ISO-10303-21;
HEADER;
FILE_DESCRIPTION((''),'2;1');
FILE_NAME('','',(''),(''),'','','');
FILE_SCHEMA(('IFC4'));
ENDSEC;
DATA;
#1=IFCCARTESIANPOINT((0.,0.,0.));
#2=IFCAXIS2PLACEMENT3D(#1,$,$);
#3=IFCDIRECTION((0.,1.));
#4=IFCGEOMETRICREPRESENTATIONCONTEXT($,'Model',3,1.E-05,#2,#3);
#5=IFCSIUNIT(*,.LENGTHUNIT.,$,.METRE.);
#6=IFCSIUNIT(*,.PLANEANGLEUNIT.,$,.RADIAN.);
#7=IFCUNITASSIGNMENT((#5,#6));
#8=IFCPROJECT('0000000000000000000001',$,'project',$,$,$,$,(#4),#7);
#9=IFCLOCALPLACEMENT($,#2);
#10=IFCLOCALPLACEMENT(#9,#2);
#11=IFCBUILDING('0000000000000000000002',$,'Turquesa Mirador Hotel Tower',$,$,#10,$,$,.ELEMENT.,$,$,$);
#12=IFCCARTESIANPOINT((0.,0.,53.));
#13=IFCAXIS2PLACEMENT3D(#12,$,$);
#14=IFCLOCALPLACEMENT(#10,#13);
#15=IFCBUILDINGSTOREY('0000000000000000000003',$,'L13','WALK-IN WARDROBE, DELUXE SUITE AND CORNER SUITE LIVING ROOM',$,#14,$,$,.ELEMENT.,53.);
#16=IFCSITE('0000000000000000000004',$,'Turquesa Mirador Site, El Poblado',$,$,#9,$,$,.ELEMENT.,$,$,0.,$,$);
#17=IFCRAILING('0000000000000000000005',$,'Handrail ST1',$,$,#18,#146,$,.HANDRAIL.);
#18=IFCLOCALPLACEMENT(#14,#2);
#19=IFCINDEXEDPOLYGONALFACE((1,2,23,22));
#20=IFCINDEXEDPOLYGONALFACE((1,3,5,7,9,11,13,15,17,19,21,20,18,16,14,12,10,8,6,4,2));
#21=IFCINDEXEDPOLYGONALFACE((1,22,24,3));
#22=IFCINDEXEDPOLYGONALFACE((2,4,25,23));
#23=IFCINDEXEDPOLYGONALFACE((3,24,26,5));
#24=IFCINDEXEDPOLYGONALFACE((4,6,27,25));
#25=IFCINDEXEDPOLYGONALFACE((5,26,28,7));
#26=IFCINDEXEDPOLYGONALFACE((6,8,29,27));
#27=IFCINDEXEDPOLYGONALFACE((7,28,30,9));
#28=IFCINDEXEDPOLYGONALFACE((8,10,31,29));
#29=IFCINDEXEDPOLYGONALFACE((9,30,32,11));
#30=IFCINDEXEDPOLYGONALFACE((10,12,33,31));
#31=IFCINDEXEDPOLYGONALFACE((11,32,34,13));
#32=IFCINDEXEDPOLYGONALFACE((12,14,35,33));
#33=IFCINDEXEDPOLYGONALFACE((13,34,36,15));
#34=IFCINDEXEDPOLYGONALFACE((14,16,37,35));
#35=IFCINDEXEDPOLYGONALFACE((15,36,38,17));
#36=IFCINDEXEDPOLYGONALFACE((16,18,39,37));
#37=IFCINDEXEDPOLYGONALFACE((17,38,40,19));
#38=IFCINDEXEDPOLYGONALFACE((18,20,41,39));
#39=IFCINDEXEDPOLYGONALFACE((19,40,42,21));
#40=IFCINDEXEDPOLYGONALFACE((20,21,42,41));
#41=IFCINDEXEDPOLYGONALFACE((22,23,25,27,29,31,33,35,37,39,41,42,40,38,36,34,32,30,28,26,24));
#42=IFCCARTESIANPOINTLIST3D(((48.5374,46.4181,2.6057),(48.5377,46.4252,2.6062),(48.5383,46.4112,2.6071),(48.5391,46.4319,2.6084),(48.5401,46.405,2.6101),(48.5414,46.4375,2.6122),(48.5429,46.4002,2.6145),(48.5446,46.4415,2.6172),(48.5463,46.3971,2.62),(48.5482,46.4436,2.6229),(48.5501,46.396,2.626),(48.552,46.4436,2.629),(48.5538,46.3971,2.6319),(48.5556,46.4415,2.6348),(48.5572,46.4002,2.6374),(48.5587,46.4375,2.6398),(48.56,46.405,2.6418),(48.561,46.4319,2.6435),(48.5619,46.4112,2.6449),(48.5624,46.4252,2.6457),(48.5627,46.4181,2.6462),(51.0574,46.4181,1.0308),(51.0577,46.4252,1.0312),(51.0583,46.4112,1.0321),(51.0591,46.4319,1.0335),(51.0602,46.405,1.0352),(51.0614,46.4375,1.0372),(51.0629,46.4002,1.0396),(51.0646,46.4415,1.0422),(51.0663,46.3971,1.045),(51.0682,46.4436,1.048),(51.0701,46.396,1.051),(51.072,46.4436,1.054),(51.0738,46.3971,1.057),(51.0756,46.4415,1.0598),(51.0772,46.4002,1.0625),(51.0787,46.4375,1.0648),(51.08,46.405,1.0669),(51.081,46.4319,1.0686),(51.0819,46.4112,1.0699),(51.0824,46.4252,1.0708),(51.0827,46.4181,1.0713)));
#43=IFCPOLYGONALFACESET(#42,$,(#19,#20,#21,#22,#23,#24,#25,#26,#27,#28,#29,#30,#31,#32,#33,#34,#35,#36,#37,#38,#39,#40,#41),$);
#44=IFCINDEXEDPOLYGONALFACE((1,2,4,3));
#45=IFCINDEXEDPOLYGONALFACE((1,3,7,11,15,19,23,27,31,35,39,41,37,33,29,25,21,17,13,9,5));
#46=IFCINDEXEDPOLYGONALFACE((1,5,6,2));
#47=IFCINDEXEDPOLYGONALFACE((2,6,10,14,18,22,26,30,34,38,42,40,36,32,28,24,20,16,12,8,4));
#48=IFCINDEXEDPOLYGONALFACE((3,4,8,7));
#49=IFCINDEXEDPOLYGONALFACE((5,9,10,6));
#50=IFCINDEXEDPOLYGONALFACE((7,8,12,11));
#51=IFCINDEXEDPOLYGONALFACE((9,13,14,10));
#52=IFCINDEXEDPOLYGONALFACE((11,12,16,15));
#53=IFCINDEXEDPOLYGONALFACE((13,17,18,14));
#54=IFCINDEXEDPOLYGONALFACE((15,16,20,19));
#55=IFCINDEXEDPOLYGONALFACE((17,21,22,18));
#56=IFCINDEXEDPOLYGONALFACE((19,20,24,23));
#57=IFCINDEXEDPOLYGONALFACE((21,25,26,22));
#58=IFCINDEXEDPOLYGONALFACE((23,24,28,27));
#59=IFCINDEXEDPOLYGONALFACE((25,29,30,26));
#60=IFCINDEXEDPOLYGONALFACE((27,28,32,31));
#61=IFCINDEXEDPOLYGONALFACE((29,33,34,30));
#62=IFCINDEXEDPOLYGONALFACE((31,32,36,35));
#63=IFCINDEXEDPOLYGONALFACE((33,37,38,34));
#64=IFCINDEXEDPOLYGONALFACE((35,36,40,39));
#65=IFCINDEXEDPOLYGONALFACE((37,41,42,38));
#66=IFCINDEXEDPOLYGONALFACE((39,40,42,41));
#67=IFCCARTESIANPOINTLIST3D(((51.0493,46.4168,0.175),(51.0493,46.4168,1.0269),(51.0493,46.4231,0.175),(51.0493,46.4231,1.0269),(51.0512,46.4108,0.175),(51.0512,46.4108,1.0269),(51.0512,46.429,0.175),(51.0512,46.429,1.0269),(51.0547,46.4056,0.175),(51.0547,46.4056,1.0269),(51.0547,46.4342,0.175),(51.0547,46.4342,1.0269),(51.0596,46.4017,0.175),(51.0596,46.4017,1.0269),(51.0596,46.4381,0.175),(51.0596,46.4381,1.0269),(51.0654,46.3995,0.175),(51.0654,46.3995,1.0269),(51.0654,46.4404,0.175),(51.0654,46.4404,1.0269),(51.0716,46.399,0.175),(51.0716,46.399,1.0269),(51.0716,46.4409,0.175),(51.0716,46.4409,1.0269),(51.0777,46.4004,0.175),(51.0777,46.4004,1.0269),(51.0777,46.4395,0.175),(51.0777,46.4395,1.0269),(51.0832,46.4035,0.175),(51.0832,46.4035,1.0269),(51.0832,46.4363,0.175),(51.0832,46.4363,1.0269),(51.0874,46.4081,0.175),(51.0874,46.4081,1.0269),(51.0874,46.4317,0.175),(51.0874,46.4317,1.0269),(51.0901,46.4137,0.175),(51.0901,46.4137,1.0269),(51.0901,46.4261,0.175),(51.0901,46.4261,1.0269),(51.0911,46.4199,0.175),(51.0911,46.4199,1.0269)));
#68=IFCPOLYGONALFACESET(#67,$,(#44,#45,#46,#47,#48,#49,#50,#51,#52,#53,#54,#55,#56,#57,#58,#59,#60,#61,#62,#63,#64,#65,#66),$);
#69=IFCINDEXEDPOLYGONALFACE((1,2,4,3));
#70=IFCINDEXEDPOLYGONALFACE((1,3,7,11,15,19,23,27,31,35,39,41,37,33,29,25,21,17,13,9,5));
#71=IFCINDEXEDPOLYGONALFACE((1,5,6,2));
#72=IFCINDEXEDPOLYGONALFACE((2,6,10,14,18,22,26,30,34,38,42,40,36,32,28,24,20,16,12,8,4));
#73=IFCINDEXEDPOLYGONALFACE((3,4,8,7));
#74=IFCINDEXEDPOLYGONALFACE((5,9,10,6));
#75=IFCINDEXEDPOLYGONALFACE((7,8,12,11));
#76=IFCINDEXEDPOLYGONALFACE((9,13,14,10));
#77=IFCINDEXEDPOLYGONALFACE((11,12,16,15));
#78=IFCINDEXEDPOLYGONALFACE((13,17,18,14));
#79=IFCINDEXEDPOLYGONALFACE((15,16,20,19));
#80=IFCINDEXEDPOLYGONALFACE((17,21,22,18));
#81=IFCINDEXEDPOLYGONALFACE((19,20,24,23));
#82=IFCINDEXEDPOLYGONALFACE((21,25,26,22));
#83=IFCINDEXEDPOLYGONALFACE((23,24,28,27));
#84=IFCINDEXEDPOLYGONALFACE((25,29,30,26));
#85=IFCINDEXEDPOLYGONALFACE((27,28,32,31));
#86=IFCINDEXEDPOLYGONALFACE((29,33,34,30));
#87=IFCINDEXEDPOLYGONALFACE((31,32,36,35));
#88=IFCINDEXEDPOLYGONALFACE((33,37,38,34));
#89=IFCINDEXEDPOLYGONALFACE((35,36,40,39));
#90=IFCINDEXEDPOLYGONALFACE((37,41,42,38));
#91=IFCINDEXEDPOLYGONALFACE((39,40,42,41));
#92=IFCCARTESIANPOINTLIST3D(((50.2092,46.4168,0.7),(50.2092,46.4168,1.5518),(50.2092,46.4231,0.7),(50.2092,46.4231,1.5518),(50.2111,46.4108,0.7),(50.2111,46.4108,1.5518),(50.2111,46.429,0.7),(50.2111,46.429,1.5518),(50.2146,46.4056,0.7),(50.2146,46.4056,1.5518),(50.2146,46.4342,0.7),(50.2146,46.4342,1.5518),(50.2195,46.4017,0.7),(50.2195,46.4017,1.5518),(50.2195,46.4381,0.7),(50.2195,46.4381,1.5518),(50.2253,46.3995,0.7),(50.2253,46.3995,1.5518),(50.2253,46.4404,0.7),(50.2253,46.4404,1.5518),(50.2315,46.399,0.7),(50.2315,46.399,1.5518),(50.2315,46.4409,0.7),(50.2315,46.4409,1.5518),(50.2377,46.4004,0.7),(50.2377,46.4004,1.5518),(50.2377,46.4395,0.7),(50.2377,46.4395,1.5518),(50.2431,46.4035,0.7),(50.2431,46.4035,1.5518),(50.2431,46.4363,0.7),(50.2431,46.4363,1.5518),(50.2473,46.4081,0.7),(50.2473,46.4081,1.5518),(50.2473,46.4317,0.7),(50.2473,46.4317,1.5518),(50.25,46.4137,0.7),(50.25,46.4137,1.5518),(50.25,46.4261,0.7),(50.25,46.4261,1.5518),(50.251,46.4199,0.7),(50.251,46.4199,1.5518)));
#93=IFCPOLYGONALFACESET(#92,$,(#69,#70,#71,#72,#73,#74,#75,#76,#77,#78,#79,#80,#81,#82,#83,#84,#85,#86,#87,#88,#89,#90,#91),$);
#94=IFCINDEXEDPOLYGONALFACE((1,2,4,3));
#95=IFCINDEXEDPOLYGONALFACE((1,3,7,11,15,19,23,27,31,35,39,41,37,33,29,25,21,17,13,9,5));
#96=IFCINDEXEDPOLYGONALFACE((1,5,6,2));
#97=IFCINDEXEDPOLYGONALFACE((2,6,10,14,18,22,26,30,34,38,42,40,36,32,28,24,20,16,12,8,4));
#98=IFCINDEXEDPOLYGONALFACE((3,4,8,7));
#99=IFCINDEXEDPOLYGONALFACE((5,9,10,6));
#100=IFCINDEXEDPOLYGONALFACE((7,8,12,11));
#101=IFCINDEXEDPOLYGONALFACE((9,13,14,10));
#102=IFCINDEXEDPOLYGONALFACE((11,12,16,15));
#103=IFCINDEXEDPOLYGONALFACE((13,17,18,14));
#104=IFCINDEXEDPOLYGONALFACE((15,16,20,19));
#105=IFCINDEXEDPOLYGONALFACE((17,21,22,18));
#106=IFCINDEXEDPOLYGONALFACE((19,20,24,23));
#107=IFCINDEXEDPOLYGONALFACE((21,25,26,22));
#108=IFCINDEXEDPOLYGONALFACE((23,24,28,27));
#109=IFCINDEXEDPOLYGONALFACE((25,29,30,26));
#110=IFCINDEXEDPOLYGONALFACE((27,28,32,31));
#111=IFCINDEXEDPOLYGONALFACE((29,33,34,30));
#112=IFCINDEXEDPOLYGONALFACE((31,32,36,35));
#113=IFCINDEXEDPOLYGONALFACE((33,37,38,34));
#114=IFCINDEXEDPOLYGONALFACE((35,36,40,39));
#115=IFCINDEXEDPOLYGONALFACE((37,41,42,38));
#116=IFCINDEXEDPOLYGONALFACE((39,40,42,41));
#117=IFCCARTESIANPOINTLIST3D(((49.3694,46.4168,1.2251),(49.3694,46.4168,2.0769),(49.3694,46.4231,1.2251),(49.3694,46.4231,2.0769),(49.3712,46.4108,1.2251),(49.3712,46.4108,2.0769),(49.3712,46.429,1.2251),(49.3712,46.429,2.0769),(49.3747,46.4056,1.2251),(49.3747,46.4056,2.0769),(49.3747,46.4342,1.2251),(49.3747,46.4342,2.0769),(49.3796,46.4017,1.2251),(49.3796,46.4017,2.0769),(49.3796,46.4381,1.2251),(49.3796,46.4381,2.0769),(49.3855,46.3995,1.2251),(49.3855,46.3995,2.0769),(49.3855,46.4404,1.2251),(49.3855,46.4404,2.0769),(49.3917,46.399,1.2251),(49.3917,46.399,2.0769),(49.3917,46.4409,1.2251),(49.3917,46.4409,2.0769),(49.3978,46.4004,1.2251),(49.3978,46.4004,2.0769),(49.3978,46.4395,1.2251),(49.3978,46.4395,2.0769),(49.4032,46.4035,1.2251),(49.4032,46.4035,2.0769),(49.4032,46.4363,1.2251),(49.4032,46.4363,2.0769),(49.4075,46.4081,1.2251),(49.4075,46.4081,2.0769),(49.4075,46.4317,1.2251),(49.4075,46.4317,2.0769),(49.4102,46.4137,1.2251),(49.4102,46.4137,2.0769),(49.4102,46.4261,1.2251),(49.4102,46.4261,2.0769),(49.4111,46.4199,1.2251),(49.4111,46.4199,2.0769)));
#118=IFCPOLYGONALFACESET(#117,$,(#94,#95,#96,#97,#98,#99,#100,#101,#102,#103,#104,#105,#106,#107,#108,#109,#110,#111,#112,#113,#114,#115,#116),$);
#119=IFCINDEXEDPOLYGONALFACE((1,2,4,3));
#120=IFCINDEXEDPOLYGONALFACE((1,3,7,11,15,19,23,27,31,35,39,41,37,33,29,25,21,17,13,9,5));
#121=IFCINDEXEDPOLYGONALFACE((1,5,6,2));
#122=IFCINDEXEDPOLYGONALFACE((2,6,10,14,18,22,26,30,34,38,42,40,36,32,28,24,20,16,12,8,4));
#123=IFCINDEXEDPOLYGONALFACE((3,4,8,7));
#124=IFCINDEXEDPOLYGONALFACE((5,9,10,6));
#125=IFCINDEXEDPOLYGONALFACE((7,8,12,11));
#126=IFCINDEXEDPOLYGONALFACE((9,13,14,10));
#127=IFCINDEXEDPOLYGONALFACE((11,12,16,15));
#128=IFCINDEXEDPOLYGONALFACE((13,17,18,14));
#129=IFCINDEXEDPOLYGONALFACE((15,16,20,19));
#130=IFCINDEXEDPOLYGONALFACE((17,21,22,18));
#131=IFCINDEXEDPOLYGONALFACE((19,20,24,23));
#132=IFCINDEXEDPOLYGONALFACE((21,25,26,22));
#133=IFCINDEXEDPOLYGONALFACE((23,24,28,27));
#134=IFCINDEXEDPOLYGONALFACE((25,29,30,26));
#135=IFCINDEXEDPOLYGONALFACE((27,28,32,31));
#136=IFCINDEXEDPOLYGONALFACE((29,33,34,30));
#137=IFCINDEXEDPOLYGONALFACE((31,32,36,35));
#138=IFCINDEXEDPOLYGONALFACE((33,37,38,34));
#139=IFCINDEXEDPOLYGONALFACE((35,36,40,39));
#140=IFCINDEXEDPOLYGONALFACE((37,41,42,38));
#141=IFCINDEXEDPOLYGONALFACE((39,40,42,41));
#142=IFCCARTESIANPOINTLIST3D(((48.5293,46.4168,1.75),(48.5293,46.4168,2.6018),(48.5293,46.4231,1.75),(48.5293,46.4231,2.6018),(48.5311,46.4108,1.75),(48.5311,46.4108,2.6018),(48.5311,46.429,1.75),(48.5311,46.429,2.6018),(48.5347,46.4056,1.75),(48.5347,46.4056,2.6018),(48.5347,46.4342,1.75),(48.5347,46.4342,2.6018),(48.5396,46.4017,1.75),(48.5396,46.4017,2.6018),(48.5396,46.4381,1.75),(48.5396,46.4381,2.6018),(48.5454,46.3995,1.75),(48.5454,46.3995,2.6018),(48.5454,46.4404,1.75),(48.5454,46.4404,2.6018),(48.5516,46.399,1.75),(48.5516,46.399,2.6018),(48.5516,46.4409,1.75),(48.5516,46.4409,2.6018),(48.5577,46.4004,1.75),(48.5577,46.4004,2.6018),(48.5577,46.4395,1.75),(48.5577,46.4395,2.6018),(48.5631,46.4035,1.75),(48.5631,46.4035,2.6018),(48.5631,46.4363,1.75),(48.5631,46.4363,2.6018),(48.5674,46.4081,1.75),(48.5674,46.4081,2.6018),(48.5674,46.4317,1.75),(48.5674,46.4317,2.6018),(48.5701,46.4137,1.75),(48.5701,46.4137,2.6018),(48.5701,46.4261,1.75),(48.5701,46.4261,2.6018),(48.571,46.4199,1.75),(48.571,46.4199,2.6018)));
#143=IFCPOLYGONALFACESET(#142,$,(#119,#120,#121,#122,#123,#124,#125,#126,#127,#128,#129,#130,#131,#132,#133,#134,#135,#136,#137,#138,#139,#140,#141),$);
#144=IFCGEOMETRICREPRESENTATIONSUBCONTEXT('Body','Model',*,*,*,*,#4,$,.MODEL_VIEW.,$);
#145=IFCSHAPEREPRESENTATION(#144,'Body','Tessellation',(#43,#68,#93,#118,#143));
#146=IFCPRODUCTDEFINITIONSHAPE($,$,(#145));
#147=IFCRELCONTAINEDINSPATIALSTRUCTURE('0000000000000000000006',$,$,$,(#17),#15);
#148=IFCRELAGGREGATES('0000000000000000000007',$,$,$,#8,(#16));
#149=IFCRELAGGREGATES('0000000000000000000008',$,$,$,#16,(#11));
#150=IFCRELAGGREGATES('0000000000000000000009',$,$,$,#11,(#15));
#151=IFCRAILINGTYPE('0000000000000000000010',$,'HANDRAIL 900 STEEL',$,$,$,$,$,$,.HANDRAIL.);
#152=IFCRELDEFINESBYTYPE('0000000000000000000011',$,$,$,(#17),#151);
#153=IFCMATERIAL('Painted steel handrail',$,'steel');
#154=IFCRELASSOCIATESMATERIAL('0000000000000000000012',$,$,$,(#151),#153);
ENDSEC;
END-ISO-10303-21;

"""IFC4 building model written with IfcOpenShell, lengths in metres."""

from ifc_helpers import new_model, si_unit, direction, frame, origin, origin_2d, place, context, subcontext, project, spatial, circle, extrude, material, type_object, element, save


model = new_model("IFC4")

# Units and contexts
model_context = context("Model", 3, precision=1e-05, world=origin(), true_north=direction((0.0, 1.0)))
body_context = subcontext(model_context, "Body", "Model", "MODEL_VIEW")
ifc_project = project(units=[si_unit("LENGTHUNIT", "METRE"), si_unit("PLANEANGLEUNIT", "RADIAN")], contexts=[model_context])

# Site, building, storey
site_placement = place(None, origin())
site = spatial("IfcSite", under=ifc_project, at=site_placement, Name="Turquesa Mirador Site, El Poblado", CompositionType="ELEMENT", RefElevation=0.0)
building_placement = place(site_placement, origin())
building = spatial("IfcBuilding", under=site, at=building_placement, Name="Turquesa Mirador Hotel Tower", CompositionType="ELEMENT")
storey_placement = place(building_placement, frame((0.0, 0.0, 53.0)))
storey = spatial("IfcBuildingStorey", under=building, at=storey_placement, Name="L13", Description="WALK-IN WARDROBE, DELUXE SUITE AND CORNER SUITE LIVING ROOM", CompositionType="ELEMENT", Elevation=53.0)

# Railing
ifc_material_1 = material(Name="Painted steel handrail", Category="steel")
railing_type = type_object("IfcRailingType", Name="HANDRAIL 900 STEEL", PredefinedType="HANDRAIL", material=ifc_material_1)
railing_1_placement = place(storey_placement, frame((51.0701, 46.4199, 0.175)))
element("IfcRailing", 1, at=railing_1_placement, inside=storey, type_object=railing_type, Name="Handrail ST1", PredefinedType="HANDRAIL", context=body_context, shape_type="SweptSolid", body=[
    extrude(circle(Radius=0.0239, at=origin_2d()), frame((0.0, 0.0, 0.876), z_axis=(-0.848008, 0.0, 0.529984), x_axis=(0.0, -1.0, 0.0)), (0.0, 0.0, 1.0), 2.9717),
    extrude(circle(Radius=0.021, at=origin_2d()), origin(), (0.0, 0.0, 1.0), 0.8518),
    extrude(circle(Radius=0.021, at=origin_2d()), frame((-0.8401, 0.0, 0.5249)), (0.0, 0.0, 1.0), 0.8518),
    extrude(circle(Radius=0.021, at=origin_2d()), frame((-1.6799, 0.0, 1.05)), (0.0, 0.0, 1.0), 0.8518),
    extrude(circle(Radius=0.021, at=origin_2d()), frame((-2.52, 0.0, 1.575)), (0.0, 0.0, 1.0), 0.8518),
])

save(model, "model.ifc")
